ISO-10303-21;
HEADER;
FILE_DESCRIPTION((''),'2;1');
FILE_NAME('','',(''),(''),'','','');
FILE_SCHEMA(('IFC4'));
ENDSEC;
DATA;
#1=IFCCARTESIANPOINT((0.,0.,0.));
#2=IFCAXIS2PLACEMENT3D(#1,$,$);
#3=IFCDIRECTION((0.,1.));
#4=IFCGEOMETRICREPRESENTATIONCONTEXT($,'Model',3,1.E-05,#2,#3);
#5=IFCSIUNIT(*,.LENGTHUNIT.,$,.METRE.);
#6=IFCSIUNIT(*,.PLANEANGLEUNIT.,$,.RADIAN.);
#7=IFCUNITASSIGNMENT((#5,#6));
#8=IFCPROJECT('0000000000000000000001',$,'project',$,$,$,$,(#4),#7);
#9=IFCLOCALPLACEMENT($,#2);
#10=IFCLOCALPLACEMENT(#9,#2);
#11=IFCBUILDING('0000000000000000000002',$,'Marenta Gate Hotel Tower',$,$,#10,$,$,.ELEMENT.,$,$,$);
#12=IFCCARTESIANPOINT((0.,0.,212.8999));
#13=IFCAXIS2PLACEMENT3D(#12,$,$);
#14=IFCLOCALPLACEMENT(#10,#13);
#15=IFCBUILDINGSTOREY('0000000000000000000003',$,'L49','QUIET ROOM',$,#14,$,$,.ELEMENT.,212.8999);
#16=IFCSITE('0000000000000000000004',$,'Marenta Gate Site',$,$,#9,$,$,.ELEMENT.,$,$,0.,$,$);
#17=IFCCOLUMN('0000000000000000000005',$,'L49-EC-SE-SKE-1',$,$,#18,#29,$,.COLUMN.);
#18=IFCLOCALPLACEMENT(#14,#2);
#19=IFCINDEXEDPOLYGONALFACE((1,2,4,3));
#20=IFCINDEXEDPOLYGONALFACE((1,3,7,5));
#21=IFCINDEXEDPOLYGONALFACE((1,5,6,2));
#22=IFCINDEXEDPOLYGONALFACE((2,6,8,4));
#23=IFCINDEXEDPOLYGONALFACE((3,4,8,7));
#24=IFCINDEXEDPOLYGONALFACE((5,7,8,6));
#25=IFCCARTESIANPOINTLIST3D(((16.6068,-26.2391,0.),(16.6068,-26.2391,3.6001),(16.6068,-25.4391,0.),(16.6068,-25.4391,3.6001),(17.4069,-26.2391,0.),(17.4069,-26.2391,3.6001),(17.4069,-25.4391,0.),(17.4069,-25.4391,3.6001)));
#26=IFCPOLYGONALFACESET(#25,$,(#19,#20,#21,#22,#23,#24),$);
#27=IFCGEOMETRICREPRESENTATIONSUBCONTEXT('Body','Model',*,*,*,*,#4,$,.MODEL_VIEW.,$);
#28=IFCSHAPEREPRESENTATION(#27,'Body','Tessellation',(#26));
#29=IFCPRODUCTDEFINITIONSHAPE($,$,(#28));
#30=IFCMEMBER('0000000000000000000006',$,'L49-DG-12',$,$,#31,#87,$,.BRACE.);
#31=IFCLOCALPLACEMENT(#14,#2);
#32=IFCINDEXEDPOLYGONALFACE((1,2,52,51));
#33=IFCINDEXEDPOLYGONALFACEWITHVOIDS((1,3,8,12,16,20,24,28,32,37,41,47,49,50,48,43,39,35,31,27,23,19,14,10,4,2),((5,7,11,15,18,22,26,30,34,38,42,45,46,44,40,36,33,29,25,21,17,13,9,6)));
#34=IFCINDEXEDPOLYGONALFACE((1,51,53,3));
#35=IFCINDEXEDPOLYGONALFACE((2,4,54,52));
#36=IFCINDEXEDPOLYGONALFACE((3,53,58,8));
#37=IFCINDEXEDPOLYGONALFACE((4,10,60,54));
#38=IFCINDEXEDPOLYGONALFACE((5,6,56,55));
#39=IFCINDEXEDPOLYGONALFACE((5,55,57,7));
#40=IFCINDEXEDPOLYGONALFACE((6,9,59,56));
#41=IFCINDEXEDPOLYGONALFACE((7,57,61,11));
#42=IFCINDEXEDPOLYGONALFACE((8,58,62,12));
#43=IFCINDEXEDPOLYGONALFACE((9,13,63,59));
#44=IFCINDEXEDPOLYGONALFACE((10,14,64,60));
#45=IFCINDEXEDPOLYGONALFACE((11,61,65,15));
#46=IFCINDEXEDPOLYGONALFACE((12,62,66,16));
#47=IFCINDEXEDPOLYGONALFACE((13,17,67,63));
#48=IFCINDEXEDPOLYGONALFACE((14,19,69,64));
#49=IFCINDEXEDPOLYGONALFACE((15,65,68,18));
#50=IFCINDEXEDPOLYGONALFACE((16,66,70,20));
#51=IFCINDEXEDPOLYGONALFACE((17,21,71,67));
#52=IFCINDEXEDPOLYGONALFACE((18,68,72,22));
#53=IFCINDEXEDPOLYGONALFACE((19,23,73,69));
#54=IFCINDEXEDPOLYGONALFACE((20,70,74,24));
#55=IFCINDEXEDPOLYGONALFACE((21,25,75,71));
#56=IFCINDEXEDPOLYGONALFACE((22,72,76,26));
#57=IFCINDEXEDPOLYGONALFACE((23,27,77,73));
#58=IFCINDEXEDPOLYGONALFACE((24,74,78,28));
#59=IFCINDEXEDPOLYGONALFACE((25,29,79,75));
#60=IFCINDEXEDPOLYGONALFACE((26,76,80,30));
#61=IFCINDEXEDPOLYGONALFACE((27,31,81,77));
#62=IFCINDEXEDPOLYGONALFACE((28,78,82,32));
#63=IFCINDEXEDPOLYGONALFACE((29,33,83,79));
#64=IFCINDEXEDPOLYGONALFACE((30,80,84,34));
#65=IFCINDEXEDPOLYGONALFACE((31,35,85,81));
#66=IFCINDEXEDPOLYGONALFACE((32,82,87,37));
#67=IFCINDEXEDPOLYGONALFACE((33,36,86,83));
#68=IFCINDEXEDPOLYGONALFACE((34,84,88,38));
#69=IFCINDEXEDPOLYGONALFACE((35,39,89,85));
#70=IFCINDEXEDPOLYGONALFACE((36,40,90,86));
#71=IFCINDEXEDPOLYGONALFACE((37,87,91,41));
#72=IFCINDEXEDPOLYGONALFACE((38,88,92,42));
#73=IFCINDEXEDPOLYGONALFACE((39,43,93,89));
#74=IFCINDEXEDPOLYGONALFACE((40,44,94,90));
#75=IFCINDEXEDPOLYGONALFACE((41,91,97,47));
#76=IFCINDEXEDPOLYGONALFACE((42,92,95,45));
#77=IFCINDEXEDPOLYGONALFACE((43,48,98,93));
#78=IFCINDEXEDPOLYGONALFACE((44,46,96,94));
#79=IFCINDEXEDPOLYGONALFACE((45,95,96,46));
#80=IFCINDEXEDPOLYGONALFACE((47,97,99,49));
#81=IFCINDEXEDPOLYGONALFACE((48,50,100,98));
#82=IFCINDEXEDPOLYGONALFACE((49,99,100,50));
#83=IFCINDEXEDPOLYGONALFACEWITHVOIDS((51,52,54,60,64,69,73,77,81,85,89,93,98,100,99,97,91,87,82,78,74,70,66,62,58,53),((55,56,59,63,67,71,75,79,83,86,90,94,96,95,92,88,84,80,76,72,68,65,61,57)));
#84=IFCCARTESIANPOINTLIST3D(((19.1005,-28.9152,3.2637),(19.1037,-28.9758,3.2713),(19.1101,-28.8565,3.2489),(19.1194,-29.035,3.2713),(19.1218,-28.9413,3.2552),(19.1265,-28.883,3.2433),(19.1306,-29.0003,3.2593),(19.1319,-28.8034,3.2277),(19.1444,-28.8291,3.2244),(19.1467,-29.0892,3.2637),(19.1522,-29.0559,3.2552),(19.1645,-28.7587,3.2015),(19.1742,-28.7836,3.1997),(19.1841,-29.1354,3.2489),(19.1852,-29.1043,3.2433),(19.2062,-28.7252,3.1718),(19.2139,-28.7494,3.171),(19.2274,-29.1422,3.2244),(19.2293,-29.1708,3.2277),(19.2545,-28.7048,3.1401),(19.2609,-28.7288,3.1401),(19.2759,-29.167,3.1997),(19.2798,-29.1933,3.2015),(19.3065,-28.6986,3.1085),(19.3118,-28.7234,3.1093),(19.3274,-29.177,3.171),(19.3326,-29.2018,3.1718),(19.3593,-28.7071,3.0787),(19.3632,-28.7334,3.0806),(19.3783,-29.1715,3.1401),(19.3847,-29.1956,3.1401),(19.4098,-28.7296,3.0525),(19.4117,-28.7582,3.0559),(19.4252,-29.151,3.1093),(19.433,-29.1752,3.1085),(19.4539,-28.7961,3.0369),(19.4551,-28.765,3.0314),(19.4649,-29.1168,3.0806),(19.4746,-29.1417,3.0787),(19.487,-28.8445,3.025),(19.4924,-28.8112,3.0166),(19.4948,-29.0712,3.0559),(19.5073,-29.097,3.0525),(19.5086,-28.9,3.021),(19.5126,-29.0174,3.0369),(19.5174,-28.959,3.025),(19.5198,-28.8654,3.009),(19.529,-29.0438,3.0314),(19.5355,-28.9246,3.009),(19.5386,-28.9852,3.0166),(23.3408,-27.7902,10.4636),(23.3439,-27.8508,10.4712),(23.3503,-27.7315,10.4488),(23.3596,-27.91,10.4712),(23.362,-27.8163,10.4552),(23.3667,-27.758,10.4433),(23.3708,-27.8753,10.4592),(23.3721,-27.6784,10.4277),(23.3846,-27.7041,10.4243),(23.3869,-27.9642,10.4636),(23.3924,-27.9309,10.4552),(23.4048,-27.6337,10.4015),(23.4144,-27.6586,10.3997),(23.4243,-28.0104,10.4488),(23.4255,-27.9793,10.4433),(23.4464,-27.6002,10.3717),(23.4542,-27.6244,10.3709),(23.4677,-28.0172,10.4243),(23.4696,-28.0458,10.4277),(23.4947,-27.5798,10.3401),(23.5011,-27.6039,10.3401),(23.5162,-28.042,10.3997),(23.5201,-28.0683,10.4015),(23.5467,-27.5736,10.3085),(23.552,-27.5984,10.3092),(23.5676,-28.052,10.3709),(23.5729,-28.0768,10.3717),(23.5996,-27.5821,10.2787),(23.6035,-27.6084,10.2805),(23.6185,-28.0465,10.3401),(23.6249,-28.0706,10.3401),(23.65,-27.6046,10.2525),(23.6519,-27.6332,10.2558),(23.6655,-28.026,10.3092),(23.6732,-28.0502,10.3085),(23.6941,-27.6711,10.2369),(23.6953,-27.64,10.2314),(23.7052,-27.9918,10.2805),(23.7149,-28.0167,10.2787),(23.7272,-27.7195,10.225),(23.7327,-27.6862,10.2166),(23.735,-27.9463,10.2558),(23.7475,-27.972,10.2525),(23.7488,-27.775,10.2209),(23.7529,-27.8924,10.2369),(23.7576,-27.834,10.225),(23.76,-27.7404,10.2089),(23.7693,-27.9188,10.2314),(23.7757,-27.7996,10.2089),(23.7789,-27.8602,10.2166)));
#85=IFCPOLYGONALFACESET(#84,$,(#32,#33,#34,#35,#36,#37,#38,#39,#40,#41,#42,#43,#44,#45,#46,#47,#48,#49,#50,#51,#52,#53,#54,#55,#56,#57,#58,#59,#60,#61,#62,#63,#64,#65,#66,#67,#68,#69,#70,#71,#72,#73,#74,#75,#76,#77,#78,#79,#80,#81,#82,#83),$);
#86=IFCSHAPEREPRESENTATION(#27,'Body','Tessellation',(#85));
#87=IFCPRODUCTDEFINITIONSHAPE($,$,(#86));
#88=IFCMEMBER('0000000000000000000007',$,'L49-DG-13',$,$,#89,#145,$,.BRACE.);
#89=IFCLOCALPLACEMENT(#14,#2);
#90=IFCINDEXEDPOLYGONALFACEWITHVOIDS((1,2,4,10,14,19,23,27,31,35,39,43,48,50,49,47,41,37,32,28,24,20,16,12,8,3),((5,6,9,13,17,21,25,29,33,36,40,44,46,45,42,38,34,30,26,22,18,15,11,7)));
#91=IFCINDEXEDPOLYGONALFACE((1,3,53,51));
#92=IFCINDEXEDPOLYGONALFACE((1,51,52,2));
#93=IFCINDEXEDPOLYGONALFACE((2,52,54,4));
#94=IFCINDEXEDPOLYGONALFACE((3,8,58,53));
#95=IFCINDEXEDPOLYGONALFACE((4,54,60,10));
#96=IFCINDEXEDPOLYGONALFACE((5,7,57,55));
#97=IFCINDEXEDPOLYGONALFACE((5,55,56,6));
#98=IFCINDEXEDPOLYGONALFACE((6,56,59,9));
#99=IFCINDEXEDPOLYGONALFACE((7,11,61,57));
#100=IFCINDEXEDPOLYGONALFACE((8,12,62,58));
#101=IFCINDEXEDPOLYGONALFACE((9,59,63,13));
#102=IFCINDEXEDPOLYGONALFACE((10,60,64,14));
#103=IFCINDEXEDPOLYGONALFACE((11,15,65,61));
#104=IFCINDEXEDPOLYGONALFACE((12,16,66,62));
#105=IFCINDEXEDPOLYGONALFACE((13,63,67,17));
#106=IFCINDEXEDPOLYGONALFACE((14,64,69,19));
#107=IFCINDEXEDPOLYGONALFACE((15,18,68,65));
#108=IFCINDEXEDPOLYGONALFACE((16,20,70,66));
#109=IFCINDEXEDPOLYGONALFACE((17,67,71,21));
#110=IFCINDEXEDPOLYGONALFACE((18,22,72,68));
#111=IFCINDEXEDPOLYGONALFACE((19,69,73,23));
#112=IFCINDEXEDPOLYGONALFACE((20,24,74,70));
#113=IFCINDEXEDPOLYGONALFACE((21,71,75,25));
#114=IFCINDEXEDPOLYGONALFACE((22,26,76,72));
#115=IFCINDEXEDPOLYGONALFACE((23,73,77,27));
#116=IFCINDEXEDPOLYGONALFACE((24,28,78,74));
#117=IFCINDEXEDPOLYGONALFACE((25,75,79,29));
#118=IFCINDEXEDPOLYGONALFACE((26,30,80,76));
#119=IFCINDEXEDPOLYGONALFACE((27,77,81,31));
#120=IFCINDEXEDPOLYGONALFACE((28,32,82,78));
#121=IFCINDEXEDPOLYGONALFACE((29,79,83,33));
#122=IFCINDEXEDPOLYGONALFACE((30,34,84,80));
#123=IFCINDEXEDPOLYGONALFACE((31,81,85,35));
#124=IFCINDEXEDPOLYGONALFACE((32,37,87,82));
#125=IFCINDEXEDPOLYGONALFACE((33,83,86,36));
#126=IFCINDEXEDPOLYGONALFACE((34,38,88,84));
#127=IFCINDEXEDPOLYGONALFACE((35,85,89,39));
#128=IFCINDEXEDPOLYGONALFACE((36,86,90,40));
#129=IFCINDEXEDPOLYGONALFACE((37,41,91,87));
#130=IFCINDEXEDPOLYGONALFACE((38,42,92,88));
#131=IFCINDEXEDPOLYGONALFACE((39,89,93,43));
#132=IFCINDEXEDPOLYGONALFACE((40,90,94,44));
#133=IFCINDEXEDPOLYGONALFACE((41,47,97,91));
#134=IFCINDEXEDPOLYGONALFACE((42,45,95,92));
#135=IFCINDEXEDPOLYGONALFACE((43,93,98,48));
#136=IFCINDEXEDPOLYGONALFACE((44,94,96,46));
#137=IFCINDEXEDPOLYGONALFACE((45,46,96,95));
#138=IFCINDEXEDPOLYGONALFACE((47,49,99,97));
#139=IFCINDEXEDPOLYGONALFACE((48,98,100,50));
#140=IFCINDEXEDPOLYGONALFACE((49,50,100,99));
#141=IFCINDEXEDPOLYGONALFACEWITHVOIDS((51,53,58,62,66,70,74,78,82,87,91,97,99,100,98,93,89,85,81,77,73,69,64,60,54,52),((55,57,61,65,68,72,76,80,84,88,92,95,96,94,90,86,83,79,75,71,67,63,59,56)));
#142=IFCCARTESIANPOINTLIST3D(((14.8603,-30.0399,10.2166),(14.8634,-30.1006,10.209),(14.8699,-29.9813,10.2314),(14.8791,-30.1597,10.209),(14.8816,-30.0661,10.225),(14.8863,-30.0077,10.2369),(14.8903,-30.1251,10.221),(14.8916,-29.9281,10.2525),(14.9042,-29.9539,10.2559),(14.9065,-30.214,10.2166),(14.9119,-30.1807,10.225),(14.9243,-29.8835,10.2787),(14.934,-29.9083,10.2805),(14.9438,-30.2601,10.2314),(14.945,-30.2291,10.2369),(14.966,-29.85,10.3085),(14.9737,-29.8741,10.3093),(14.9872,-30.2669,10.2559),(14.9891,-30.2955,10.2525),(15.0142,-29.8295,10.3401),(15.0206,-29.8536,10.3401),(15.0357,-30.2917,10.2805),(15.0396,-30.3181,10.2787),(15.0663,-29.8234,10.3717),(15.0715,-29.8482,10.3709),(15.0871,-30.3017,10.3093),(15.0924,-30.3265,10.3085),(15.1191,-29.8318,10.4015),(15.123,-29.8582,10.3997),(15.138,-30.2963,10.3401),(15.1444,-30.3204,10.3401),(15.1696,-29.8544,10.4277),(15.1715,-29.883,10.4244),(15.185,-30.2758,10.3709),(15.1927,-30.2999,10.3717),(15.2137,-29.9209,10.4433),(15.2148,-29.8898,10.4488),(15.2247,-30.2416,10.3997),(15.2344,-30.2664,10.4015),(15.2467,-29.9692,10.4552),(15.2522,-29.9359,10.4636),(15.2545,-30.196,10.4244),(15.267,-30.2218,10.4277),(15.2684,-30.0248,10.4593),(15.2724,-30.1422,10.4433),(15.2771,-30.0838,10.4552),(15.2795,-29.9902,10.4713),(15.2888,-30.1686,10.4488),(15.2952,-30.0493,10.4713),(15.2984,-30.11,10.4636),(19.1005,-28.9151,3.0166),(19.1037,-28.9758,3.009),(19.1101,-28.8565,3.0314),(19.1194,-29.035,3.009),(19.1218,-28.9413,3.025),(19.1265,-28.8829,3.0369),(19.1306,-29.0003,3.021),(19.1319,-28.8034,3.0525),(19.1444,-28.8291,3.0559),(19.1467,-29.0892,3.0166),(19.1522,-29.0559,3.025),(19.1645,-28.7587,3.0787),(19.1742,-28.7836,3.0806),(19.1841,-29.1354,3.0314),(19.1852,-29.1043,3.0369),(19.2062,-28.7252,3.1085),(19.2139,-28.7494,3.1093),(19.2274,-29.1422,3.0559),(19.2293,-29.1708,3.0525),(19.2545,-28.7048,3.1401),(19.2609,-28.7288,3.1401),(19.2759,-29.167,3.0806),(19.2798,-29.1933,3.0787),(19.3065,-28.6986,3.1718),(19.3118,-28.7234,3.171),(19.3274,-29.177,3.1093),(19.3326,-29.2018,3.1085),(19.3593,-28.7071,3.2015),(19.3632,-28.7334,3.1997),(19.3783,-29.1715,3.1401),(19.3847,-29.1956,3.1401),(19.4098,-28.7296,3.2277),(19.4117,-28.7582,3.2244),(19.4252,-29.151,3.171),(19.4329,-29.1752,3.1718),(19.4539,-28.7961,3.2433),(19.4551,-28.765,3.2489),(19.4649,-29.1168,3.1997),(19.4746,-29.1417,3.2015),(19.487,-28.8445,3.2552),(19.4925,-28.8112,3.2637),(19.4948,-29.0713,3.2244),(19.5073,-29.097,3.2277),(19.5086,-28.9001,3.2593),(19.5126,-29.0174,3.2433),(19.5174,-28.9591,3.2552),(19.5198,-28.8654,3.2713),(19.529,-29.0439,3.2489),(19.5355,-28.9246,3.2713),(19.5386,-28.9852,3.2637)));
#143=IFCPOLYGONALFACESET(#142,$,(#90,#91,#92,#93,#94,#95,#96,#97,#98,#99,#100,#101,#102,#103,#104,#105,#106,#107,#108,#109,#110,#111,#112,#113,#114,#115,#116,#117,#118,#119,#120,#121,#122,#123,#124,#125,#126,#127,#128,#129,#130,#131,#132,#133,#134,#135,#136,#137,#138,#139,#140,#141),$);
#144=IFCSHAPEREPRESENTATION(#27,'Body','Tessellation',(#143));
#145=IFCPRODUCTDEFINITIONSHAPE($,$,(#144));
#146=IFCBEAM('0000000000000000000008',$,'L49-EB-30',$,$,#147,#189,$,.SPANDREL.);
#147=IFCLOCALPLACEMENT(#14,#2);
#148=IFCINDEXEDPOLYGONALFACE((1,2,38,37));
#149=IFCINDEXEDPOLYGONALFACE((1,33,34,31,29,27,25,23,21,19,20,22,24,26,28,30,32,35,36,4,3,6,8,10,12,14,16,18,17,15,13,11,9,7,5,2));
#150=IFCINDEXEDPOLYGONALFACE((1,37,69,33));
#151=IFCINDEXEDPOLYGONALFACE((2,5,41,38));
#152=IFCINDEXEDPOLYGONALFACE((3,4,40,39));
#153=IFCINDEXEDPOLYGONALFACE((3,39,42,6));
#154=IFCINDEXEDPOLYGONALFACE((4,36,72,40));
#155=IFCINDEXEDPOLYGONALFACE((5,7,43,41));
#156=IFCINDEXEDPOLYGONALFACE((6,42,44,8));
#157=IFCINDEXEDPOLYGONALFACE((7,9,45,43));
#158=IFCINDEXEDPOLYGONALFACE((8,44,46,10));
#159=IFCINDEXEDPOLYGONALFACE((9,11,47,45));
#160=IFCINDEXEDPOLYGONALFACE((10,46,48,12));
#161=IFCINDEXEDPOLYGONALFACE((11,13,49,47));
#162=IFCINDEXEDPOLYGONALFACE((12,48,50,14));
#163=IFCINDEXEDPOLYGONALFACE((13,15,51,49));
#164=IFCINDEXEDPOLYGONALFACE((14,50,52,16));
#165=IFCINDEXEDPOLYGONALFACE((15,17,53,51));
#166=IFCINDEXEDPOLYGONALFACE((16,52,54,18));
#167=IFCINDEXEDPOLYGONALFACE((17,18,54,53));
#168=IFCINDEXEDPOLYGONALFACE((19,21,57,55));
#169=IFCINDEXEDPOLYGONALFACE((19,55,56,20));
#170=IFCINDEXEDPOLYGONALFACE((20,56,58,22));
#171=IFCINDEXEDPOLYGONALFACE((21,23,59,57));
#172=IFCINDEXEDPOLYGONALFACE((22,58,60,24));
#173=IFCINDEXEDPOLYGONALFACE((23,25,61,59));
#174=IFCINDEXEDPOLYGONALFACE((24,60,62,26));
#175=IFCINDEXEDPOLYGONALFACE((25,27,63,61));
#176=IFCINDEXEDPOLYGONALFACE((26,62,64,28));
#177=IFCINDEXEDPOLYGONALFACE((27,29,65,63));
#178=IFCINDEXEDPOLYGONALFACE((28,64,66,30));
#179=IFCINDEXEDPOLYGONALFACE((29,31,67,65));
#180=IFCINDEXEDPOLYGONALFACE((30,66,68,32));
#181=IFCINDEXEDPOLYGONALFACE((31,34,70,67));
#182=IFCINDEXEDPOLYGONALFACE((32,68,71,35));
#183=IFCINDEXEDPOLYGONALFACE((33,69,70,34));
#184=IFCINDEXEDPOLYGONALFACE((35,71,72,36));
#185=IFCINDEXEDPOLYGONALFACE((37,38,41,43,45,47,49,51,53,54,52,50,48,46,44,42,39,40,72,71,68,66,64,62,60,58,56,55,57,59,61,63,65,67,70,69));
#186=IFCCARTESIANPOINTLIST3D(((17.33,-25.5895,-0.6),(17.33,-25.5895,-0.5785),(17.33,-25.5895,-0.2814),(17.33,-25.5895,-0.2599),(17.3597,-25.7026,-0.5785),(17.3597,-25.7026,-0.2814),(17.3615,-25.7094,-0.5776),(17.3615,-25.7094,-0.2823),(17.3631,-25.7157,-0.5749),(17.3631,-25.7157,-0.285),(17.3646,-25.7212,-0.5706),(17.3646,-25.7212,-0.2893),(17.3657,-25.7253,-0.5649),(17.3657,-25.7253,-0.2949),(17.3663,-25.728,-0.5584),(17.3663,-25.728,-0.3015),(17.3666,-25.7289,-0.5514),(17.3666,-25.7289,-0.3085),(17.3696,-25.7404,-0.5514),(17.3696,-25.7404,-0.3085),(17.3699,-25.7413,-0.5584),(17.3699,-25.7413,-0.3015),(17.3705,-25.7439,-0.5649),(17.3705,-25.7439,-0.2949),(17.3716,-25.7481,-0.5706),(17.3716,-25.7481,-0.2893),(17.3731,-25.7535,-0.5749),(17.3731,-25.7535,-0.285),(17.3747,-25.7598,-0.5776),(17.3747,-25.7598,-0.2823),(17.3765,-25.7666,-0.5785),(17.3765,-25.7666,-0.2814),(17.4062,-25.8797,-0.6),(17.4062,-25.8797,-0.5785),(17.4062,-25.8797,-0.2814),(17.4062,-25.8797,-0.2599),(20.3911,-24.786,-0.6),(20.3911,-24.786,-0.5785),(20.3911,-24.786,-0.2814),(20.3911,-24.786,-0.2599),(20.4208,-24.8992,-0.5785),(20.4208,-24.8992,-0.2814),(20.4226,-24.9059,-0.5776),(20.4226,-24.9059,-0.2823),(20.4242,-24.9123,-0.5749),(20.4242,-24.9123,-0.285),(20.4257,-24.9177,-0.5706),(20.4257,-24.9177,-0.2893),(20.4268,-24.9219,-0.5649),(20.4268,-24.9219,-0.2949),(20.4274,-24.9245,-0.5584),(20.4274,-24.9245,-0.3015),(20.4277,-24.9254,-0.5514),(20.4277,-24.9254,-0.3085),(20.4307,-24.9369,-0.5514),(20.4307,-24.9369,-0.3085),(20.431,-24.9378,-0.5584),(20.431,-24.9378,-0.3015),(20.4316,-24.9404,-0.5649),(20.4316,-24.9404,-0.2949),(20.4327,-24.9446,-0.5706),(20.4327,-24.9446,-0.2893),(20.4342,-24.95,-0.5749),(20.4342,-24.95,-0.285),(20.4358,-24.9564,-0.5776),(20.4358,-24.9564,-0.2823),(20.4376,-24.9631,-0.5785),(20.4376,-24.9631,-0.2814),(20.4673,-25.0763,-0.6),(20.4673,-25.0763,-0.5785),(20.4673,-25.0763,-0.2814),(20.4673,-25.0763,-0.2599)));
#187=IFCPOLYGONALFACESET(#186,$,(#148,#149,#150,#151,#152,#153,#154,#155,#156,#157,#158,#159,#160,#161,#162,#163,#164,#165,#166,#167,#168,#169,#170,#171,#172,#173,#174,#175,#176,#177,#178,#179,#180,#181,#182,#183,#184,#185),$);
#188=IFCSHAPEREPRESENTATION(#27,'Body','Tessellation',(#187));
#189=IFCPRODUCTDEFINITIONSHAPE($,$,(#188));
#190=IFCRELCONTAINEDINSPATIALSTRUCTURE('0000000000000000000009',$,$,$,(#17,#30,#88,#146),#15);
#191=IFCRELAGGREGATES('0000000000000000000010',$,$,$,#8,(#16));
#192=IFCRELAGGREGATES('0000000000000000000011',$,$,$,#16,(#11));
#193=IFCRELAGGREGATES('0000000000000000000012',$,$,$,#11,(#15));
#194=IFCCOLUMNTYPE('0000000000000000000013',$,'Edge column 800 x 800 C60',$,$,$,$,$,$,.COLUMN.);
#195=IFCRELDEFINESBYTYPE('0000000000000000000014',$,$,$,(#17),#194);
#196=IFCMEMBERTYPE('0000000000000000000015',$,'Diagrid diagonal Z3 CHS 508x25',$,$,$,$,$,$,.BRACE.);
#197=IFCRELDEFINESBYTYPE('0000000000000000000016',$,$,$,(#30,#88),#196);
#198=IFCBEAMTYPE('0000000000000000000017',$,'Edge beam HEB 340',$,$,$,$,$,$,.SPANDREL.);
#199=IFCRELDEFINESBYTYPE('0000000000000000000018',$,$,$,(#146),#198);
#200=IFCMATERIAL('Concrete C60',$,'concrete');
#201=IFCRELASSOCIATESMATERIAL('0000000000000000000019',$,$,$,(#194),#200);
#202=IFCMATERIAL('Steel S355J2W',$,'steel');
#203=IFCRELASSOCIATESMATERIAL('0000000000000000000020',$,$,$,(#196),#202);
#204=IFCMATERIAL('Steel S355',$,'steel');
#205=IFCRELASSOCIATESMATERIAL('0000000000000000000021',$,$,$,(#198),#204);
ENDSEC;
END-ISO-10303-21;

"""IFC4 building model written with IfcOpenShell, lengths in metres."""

from ifc_helpers import new_model, si_unit, direction, frame, origin, origin_2d, place, context, subcontext, project, spatial, rectangle, hollow_circle, i_section, extrude, material, material_profile, profile_set, type_object, element, save


model = new_model("IFC4")

# Units and contexts
model_context = context("Model", 3, precision=1e-05, world=origin(), true_north=direction((0.0, 1.0)))
body_context = subcontext(model_context, "Body", "Model", "MODEL_VIEW")
ifc_project = project(units=[si_unit("LENGTHUNIT", "METRE"), si_unit("PLANEANGLEUNIT", "RADIAN")], contexts=[model_context])

# Site, building, storey
site_placement = place(None, origin())
site = spatial("IfcSite", under=ifc_project, at=site_placement, Name="Marenta Gate Site", CompositionType="ELEMENT", RefElevation=0.0)
building_placement = place(site_placement, origin())
building = spatial("IfcBuilding", under=site, at=building_placement, Name="Marenta Gate Hotel Tower", CompositionType="ELEMENT")
storey_placement = place(building_placement, frame((0.0, 0.0, 212.8999)))
storey = spatial("IfcBuildingStorey", under=building, at=storey_placement, Name="L49", Description="QUIET ROOM", CompositionType="ELEMENT", Elevation=212.8999)

# Column
ifc_material_1 = material(Name="Concrete C60", Category="concrete")
ifc_material_profile_1 = material_profile(ifc_material_1, rectangle(XDim=0.8, YDim=0.8, at=origin_2d()), Name="800 x 800")
ifc_profile_set_1 = profile_set([ifc_material_profile_1], Name="Concrete C60")
column_type = type_object("IfcColumnType", Name="Edge column 800 x 800 C60", PredefinedType="COLUMN", material=ifc_profile_set_1)
column_placement = place(storey_placement, frame((17.0068, -25.8391, 0.0), z_axis=(0.0, 0.0, 1.0), x_axis=(1.0, 0.0, 0.0)))
element("IfcColumn", 1, at=column_placement, inside=storey, type_object=column_type, Name="L49-EC-SE-SKE-1", PredefinedType="COLUMN", context=body_context, shape_type="SweptSolid", body=[
    extrude(rectangle(XDim=0.8, YDim=0.8, at=origin_2d()), origin(), (0.0, 0.0, 1.0), 3.6001),
])

# Members
ifc_material_2 = material(Name="Steel S355J2W", Category="steel")
ifc_material_profile_2 = material_profile(ifc_material_2, hollow_circle(Radius=0.2539, WallThickness=0.0249, at=origin_2d()), Name="CHS 508x25")
ifc_profile_set_2 = profile_set([ifc_material_profile_2], Name="Steel S355J2W")
member_type_1 = type_object("IfcMemberType", Name="Diagrid diagonal Z3 CHS 508x25", PredefinedType="BRACE", material=ifc_profile_set_2)
for number, where, z_axis, x_axis, name in (
    (2, (19.3196, -28.9502, 3.1401), (0.502924, 0.133434, 0.853969), (-0.256443, 0.966559, 0.0), "L49-DG-12"),
    (3, (19.3196, -28.9502, 3.1401), (-0.502926, -0.133405, 0.853972), (0.256391, -0.966573, 0.0), "L49-DG-13"),
):
    element("IfcMember", number, at=place(storey_placement, frame(where, z_axis=z_axis, x_axis=x_axis)), inside=storey, type_object=member_type_1, Name=name, PredefinedType="BRACE", context=body_context, shape_type="SweptSolid", body=[
        extrude(hollow_circle(Radius=0.2539, WallThickness=0.0249, at=origin_2d()), origin(), (0.0, 0.0, 1.0), 8.4312),
    ])

# Beam
ifc_material_3 = material(Name="Steel S355", Category="steel")
ifc_material_profile_3 = material_profile(ifc_material_3, i_section(OverallWidth=0.3, OverallDepth=0.3401, WebThickness=0.012, FlangeThickness=0.0215, FilletRadius=0.0271, at=origin_2d()), Name="HEB 340")
ifc_profile_set_3 = profile_set([ifc_material_profile_3], Name="Steel S355")
beam_type_1 = type_object("IfcBeamType", Name="Edge beam HEB 340", PredefinedType="SPANDREL", material=ifc_profile_set_3)
beam_1_placement = place(storey_placement, frame((20.4292, -24.9312, -0.4299), z_axis=(-0.967235, -0.253882, 0.0), x_axis=(0.253882, -0.967235, 0.0)))
element("IfcBeam", 4, at=beam_1_placement, inside=storey, type_object=beam_type_1, Name="L49-EB-30", PredefinedType="SPANDREL", context=body_context, shape_type="SweptSolid", body=[
    extrude(i_section(OverallWidth=0.3, OverallDepth=0.3401, WebThickness=0.012, FlangeThickness=0.0215, FilletRadius=0.0271, at=origin_2d()), origin(), (0.0, 0.0, 1.0), 3.1648),
])

save(model, "model.ifc")
